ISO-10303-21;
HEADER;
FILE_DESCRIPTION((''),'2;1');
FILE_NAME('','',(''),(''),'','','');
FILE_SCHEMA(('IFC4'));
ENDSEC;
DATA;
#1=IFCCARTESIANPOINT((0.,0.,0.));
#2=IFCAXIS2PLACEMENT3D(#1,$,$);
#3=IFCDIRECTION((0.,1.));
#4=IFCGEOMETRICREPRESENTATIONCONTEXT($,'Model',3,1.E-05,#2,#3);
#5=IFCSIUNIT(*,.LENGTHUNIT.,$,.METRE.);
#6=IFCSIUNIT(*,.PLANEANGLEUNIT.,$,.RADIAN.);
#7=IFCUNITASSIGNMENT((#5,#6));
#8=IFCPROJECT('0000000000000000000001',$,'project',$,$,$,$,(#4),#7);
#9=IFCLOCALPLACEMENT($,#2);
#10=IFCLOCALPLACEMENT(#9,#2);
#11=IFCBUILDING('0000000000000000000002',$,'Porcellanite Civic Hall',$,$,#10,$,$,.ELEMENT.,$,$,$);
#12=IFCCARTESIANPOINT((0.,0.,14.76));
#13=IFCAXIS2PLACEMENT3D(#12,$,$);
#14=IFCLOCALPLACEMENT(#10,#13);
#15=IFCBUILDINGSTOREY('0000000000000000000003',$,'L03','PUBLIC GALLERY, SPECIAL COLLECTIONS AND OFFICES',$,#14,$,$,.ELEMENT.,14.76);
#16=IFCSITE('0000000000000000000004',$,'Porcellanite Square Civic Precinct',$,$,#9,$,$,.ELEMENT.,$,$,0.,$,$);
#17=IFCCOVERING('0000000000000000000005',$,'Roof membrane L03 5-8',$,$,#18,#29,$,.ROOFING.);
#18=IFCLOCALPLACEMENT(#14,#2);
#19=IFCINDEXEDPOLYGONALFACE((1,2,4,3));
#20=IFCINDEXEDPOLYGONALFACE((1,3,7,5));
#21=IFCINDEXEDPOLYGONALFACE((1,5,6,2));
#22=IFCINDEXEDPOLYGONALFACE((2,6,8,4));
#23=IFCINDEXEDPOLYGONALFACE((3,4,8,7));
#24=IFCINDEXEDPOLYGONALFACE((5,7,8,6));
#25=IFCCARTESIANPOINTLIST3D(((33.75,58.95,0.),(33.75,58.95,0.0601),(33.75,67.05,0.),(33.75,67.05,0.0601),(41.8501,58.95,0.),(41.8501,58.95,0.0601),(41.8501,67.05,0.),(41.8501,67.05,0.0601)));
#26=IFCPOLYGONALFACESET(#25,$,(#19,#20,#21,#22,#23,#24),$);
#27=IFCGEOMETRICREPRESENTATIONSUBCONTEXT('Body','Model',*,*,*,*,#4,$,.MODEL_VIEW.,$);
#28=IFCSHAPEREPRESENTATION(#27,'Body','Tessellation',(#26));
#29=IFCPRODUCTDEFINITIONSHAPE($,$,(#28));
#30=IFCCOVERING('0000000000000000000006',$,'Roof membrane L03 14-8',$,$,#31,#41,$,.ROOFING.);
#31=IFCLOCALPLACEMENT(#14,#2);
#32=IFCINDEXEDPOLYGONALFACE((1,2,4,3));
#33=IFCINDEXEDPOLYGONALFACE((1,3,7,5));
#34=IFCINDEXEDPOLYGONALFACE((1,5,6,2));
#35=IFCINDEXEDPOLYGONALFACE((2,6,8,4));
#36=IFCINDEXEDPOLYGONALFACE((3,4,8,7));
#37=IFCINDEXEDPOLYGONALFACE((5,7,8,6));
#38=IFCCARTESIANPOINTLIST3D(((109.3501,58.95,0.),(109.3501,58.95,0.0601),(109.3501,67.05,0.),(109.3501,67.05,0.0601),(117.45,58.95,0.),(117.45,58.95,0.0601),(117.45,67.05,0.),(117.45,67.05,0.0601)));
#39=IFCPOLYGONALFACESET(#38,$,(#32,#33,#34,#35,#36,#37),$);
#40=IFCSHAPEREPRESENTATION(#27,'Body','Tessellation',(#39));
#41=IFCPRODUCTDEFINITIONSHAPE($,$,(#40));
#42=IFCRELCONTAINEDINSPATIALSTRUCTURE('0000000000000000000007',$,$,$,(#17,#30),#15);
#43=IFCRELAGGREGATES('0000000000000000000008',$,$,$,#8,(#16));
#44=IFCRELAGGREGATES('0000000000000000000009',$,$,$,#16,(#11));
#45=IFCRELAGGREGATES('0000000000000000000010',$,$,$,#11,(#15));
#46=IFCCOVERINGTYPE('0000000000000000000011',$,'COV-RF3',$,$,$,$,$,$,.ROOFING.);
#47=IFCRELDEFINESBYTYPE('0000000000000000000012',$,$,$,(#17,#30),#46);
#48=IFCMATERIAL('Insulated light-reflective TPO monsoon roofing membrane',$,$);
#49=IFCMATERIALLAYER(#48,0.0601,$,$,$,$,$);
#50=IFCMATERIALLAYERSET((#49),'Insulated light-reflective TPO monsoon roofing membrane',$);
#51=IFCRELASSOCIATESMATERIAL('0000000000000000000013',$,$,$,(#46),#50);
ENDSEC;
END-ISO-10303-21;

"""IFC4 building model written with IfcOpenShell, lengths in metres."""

from ifc_helpers import new_model, si_unit, direction, frame, origin, place, context, subcontext, project, spatial, polyline, outline, extrude, material, layer, layer_set, type_object, element, save


model = new_model("IFC4")

# Units and contexts
model_context = context("Model", 3, precision=1e-05, world=origin(), true_north=direction((0.0, 1.0)))
body_context = subcontext(model_context, "Body", "Model", "MODEL_VIEW")
ifc_project = project(units=[si_unit("LENGTHUNIT", "METRE"), si_unit("PLANEANGLEUNIT", "RADIAN")], contexts=[model_context])

# Site, building, storey
site_placement = place(None, origin())
site = spatial("IfcSite", under=ifc_project, at=site_placement, Name="Porcellanite Square Civic Precinct", CompositionType="ELEMENT", RefElevation=0.0)
building_placement = place(site_placement, origin())
building = spatial("IfcBuilding", under=site, at=building_placement, Name="Porcellanite Civic Hall", CompositionType="ELEMENT")
storey_placement = place(building_placement, frame((0.0, 0.0, 14.76)))
storey = spatial("IfcBuildingStorey", under=building, at=storey_placement, Name="L03", Description="PUBLIC GALLERY, SPECIAL COLLECTIONS AND OFFICES", CompositionType="ELEMENT", Elevation=14.76)

# Coverings
ifc_material_1 = material(Name="Insulated light-reflective TPO monsoon roofing membrane")
ifc_layer_1 = layer(ifc_material_1, 0.0601)
ifc_layer_set_1 = layer_set([ifc_layer_1], Name="Insulated light-reflective TPO monsoon roofing membrane")
covering_type_1 = type_object("IfcCoveringType", Name="COV-RF3", PredefinedType="ROOFING", material=ifc_layer_set_1)
covering_1_placement = place(storey_placement, origin())
element("IfcCovering", 1, at=covering_1_placement, inside=storey, type_object=covering_type_1, Name="Roof membrane L03 5-8", PredefinedType="ROOFING", context=body_context, shape_type="SweptSolid", body=[
    extrude(outline(polyline([(33.75, 58.95), (41.8501, 58.95), (41.8501, 67.05), (33.75, 67.05), (33.75, 58.95)])), origin(), (0.0, 0.0, 1.0), 0.0601),
])
covering_2_placement = place(storey_placement, origin())
element("IfcCovering", 2, at=covering_2_placement, inside=storey, type_object=covering_type_1, Name="Roof membrane L03 14-8", PredefinedType="ROOFING", context=body_context, shape_type="SweptSolid", body=[
    extrude(outline(polyline([(109.3501, 58.95), (117.45, 58.95), (117.45, 67.05), (109.3501, 67.05), (109.3501, 58.95)])), origin(), (0.0, 0.0, 1.0), 0.0601),
])

save(model, "model.ifc")
